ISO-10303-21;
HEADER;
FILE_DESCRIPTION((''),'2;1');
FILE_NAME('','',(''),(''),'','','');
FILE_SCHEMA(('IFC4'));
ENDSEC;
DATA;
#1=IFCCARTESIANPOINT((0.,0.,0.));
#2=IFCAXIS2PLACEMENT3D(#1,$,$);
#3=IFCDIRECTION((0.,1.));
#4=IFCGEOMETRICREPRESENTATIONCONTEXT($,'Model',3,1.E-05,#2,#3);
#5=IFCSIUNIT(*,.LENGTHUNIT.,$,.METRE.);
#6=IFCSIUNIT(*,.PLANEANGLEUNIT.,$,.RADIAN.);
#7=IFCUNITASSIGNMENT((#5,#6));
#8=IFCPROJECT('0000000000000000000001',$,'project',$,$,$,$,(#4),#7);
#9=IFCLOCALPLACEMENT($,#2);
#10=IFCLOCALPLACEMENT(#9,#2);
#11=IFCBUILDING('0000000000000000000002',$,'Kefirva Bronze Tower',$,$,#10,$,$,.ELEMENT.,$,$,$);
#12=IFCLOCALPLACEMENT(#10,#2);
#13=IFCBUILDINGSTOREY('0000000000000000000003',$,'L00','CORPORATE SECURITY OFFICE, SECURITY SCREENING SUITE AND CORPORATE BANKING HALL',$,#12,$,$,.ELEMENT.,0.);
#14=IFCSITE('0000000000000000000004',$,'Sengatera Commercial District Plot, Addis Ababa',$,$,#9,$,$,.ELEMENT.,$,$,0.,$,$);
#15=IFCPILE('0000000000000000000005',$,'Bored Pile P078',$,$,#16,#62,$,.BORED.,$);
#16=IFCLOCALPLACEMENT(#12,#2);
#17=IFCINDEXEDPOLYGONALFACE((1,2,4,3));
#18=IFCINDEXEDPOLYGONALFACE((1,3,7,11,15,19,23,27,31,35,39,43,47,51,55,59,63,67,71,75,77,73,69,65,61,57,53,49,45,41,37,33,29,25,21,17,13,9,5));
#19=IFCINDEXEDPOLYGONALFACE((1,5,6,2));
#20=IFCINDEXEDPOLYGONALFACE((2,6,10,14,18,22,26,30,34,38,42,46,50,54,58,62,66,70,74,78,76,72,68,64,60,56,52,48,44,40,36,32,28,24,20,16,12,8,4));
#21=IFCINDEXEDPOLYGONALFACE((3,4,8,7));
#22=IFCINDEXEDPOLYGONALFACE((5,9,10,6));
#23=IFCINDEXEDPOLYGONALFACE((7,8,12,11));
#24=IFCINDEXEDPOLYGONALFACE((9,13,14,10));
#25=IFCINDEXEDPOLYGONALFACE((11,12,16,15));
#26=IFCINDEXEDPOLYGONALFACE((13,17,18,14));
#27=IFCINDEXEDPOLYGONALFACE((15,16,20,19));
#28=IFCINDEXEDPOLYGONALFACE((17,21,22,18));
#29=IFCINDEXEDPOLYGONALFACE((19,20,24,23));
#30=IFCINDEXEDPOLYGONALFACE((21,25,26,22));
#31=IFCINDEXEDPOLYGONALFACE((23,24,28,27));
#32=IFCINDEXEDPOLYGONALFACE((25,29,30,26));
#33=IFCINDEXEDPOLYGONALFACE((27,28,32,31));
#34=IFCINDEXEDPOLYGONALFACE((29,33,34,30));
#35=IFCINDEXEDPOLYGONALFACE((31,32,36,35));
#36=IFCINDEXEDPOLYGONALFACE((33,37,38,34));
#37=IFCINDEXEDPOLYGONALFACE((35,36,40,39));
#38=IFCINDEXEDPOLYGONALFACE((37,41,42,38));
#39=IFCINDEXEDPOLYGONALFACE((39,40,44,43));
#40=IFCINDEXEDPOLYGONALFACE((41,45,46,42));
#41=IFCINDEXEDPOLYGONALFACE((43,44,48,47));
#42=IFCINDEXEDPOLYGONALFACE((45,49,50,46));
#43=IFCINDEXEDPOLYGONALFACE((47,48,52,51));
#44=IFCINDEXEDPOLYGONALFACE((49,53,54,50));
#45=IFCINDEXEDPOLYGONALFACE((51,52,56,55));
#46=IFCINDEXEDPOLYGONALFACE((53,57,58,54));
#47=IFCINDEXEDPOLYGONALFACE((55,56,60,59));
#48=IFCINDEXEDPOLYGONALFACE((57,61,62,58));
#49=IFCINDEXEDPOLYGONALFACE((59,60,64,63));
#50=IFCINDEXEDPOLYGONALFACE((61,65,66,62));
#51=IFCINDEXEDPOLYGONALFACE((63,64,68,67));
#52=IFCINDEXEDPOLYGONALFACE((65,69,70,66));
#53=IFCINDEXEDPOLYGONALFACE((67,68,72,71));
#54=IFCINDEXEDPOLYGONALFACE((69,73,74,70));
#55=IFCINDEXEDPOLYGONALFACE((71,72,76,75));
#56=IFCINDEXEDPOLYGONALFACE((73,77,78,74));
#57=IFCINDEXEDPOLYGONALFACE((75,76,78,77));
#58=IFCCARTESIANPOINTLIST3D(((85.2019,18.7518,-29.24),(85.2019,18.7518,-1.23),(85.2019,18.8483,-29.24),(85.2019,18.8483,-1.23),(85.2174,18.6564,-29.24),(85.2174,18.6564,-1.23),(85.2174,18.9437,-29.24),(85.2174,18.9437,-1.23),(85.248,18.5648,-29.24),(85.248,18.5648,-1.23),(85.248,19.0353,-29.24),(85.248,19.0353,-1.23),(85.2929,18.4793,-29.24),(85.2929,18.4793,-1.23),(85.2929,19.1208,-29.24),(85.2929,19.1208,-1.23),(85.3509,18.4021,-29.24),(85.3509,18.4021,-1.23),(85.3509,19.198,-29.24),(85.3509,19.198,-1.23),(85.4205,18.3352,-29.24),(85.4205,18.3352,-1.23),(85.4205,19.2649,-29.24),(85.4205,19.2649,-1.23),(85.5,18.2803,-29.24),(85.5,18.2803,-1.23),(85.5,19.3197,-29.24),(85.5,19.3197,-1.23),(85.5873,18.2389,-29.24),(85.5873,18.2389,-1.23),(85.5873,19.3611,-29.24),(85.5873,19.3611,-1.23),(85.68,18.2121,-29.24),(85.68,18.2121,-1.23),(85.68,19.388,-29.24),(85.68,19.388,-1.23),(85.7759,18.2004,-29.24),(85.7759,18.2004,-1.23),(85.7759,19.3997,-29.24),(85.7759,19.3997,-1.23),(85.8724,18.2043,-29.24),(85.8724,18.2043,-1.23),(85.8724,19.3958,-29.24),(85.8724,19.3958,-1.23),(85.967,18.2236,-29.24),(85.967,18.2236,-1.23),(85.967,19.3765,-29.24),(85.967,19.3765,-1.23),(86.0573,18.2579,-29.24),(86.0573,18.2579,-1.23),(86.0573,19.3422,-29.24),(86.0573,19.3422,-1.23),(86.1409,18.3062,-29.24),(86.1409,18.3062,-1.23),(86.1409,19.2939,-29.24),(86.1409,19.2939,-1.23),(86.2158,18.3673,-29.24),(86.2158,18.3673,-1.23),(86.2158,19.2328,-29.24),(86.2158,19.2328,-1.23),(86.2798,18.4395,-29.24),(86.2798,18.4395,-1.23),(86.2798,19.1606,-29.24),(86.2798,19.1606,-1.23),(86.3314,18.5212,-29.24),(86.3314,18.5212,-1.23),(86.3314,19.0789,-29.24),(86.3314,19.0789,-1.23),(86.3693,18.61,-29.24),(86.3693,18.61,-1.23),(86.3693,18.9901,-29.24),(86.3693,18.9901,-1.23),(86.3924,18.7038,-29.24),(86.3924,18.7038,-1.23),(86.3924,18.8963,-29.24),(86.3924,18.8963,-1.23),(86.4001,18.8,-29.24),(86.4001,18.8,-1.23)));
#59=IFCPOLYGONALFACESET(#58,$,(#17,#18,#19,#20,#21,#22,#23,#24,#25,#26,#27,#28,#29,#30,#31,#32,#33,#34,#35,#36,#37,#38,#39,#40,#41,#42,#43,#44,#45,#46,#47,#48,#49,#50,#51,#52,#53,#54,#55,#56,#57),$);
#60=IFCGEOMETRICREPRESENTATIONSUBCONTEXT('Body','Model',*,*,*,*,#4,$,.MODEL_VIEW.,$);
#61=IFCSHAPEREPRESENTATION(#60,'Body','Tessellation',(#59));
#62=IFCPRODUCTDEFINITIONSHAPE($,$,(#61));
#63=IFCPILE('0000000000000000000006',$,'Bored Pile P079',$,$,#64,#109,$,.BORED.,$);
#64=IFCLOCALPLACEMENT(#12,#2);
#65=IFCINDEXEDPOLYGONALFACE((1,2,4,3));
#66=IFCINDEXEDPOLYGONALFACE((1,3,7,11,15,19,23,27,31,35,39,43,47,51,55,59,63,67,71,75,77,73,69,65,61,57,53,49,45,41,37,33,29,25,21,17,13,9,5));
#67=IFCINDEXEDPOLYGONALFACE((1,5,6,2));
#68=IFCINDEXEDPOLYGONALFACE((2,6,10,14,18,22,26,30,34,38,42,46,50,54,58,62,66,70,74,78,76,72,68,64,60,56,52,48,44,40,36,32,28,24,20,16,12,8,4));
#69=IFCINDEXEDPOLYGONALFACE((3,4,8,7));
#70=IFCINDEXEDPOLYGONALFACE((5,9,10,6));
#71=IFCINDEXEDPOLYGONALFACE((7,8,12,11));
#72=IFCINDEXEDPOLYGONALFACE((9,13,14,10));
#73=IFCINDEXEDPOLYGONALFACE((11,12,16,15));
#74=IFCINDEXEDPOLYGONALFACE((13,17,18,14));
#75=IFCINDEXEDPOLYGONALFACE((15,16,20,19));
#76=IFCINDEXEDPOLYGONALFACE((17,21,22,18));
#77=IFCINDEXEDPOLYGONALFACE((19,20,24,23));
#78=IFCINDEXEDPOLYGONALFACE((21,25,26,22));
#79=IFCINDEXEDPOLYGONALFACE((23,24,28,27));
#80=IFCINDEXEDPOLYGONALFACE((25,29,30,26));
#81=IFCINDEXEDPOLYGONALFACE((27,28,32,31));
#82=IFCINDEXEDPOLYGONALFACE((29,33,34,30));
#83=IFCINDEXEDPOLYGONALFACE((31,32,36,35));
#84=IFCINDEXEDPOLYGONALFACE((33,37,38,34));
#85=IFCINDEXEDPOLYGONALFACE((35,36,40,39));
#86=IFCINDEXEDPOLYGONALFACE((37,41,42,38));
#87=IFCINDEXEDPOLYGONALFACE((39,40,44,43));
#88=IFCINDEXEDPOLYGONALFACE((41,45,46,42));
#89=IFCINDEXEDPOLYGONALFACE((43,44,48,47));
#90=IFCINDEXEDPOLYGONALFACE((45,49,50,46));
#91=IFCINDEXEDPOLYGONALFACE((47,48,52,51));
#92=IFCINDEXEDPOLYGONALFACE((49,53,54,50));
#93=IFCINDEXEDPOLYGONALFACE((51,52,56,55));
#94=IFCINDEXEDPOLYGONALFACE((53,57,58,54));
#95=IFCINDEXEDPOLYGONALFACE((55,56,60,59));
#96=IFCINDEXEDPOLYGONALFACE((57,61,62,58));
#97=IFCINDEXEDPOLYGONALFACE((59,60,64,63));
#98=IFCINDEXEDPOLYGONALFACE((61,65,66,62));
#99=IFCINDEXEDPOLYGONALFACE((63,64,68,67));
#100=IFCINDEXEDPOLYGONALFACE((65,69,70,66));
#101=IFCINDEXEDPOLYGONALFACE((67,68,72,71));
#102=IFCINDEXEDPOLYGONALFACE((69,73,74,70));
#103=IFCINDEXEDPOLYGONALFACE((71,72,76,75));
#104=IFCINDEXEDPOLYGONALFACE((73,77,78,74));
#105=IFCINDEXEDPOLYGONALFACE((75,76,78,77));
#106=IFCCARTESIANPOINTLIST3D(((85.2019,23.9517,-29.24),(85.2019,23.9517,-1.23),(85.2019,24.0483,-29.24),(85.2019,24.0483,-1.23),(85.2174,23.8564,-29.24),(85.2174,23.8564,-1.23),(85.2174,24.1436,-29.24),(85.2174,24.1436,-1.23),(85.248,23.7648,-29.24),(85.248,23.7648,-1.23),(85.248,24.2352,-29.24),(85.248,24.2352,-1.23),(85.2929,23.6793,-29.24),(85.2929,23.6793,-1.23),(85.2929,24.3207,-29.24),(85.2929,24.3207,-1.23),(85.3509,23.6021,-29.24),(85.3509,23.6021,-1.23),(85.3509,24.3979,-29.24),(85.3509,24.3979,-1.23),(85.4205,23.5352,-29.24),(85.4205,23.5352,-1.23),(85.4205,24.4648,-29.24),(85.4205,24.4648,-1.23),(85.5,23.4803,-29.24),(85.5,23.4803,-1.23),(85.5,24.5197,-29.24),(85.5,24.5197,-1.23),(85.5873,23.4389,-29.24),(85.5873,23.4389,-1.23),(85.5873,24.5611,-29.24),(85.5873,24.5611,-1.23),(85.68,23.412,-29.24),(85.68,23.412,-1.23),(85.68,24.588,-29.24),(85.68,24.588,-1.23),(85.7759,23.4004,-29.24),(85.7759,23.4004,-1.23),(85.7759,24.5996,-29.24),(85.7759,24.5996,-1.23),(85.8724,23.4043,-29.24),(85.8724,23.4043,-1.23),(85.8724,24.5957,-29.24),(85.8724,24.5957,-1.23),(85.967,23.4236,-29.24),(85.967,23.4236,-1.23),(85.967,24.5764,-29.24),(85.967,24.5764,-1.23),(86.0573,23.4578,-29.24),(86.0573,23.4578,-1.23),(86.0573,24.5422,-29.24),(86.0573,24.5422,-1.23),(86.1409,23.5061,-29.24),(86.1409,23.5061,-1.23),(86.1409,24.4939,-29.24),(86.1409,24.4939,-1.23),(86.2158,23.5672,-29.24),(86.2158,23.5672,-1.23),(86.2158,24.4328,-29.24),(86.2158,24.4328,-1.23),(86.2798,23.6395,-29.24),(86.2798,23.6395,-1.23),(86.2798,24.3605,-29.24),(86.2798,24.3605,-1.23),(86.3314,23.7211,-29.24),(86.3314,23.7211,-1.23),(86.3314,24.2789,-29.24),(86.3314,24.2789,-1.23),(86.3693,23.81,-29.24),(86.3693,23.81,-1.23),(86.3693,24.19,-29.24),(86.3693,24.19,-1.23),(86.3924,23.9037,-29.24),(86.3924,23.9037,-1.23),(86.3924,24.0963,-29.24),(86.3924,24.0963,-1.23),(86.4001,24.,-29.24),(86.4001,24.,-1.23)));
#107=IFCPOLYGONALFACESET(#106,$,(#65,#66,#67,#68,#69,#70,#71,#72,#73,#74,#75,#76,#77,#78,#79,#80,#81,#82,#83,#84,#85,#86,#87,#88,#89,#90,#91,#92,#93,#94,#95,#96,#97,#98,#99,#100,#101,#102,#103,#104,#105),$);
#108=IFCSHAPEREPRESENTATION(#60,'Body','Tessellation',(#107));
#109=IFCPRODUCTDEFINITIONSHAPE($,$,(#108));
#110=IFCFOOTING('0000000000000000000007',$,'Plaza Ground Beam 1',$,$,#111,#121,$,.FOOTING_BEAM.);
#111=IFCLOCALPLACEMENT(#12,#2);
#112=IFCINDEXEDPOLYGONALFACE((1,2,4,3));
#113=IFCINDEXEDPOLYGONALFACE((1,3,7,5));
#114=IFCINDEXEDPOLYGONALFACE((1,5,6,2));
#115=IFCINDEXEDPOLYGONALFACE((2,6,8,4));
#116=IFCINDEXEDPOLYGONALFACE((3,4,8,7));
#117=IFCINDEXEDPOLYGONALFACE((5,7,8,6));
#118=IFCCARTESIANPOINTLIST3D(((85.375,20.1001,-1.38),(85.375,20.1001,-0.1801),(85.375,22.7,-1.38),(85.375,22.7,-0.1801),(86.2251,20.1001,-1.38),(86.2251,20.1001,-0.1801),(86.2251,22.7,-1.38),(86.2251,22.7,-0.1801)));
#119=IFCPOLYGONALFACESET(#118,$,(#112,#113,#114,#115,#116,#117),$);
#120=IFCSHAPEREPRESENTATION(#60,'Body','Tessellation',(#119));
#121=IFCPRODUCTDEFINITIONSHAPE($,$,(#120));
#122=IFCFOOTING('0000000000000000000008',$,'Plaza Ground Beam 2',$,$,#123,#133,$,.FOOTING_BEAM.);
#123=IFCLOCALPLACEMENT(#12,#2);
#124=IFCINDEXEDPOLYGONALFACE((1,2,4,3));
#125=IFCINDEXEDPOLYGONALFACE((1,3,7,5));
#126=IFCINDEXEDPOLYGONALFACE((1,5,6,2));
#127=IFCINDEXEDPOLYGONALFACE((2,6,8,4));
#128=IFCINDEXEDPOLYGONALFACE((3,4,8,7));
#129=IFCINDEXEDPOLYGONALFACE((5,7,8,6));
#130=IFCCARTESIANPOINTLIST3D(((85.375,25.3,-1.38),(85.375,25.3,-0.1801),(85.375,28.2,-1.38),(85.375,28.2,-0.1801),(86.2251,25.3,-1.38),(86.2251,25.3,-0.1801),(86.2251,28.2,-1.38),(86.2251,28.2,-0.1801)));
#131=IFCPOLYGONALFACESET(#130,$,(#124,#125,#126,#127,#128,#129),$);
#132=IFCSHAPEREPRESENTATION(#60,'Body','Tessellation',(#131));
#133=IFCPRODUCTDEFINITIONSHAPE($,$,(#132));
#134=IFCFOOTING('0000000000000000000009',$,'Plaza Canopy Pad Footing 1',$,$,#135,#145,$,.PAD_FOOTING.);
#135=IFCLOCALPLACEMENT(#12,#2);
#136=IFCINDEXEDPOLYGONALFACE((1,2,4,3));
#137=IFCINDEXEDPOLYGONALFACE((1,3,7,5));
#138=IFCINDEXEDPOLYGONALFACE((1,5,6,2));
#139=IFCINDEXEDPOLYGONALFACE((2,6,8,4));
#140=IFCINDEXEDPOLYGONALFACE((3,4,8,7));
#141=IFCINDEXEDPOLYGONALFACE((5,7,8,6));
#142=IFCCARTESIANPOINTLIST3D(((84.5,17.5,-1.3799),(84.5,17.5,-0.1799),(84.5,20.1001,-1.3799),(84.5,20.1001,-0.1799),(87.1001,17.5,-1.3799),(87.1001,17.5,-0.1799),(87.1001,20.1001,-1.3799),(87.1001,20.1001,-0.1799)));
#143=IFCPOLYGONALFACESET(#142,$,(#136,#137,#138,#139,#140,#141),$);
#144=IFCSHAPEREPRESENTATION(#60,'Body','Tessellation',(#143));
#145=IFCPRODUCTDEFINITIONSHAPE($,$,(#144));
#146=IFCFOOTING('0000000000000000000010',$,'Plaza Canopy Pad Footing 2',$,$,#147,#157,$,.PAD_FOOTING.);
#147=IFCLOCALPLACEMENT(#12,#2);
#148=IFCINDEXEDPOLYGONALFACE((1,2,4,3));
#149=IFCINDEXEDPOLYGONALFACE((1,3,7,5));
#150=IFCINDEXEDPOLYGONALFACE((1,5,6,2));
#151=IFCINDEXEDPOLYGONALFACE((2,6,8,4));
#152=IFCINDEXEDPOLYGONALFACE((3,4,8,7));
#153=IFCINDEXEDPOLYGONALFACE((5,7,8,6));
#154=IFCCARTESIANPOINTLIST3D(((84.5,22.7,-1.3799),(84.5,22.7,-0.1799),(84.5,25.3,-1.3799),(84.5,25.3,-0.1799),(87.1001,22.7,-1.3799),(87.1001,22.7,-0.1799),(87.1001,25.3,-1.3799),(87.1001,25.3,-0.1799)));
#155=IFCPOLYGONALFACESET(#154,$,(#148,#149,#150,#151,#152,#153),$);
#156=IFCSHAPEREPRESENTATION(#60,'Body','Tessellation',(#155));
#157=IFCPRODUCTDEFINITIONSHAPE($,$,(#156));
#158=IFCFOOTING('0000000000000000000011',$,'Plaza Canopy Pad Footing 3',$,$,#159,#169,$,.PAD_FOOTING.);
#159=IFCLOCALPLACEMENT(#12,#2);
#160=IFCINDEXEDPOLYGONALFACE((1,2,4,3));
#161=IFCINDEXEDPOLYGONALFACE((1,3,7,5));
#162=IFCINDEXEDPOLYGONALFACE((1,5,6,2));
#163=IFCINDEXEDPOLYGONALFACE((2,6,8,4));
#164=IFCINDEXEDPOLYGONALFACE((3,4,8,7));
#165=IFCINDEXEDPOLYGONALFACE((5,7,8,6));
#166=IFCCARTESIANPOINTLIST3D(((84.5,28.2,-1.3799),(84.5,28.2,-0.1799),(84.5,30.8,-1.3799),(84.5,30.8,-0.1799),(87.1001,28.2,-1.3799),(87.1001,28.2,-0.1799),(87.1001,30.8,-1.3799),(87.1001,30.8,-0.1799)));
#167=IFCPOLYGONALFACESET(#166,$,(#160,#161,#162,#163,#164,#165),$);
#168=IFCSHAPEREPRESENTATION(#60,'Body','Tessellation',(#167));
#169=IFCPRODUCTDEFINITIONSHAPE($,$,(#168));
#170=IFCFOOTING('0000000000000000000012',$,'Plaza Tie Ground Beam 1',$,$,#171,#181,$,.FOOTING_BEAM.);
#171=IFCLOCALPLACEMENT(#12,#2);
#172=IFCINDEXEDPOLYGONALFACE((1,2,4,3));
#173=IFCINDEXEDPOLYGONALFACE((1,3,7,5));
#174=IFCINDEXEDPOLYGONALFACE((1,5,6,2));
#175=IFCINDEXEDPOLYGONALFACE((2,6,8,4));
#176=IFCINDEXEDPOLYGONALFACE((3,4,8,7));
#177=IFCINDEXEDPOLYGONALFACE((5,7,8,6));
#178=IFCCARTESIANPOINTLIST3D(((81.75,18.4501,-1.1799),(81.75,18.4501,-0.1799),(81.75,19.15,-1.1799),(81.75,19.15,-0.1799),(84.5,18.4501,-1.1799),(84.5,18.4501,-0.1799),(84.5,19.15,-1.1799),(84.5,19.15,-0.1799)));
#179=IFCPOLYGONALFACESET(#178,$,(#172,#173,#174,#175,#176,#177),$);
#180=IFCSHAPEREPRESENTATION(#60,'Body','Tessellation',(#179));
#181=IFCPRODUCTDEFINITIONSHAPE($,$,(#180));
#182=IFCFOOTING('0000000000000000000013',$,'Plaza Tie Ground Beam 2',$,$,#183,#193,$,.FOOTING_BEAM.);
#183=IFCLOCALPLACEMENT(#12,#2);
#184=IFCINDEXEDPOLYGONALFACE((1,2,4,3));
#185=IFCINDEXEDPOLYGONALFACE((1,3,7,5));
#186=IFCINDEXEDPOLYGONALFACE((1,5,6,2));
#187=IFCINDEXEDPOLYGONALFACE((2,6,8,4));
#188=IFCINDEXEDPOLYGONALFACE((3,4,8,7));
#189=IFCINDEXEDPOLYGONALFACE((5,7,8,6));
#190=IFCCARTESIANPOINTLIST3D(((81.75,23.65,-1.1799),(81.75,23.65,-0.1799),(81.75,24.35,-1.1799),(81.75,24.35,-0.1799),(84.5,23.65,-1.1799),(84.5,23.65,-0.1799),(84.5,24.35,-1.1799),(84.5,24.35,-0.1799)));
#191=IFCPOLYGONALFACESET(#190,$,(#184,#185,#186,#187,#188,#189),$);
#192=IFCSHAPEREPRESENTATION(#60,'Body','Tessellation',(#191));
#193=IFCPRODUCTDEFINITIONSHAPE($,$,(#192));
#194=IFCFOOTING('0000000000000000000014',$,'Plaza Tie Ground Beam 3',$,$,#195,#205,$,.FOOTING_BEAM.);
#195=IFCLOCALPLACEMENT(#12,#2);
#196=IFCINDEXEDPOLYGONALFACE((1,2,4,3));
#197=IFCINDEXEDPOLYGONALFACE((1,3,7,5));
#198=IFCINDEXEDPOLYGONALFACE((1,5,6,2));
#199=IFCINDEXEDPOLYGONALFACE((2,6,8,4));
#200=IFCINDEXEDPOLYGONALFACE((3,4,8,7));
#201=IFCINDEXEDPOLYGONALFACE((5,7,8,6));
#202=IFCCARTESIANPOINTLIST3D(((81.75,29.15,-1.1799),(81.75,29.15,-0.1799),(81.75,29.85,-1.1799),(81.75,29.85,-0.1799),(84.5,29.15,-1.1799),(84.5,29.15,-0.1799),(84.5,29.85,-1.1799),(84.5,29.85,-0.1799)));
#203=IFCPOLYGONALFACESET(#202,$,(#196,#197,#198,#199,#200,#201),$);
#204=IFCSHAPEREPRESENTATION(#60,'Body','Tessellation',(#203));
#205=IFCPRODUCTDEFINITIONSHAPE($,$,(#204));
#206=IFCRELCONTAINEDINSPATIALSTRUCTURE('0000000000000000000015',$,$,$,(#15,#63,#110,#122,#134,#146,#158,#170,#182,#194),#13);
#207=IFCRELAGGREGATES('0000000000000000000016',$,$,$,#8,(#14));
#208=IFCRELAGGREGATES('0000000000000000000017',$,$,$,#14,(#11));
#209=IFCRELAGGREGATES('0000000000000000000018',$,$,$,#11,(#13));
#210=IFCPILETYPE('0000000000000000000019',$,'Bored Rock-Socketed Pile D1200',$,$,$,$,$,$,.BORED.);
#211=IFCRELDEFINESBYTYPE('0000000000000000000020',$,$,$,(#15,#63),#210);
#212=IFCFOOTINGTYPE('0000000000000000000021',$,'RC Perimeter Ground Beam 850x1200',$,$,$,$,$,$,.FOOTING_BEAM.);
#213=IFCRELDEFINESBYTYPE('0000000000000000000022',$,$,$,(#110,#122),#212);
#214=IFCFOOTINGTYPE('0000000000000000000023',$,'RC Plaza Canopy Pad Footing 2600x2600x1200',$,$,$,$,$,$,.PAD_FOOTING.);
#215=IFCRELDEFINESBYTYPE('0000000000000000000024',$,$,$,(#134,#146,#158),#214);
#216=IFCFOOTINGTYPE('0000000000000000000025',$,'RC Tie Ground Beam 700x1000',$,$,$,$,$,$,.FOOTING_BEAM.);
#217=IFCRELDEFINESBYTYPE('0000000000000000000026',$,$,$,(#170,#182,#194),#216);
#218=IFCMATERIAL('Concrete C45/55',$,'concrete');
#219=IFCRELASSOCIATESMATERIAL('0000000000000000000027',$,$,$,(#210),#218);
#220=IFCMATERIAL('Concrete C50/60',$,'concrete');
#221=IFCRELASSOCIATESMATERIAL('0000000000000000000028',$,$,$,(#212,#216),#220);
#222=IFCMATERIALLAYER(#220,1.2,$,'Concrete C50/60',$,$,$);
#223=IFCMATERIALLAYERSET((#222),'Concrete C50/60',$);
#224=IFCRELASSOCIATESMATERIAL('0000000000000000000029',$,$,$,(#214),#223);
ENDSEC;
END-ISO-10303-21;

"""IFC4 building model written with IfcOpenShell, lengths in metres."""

from ifc_helpers import new_model, si_unit, direction, frame, origin, origin_2d, place, context, subcontext, project, spatial, rectangle, circle, extrude, material, layer, layer_set, material_profile, profile_set, type_object, element, save


model = new_model("IFC4")

# Units and contexts
model_context = context("Model", 3, precision=1e-05, world=origin(), true_north=direction((0.0, 1.0)))
body_context = subcontext(model_context, "Body", "Model", "MODEL_VIEW")
ifc_project = project(units=[si_unit("LENGTHUNIT", "METRE"), si_unit("PLANEANGLEUNIT", "RADIAN")], contexts=[model_context])

# Site, building, storey
site_placement = place(None, origin())
site = spatial("IfcSite", under=ifc_project, at=site_placement, Name="Sengatera Commercial District Plot, Addis Ababa", CompositionType="ELEMENT", RefElevation=0.0)
building_placement = place(site_placement, origin())
building = spatial("IfcBuilding", under=site, at=building_placement, Name="Kefirva Bronze Tower", CompositionType="ELEMENT")
storey_placement = place(building_placement, origin())
storey = spatial("IfcBuildingStorey", under=building, at=storey_placement, Name="L00", Description="CORPORATE SECURITY OFFICE, SECURITY SCREENING SUITE AND CORPORATE BANKING HALL", CompositionType="ELEMENT", Elevation=0.0)

# Piles
ifc_material_1 = material(Name="Concrete C45/55", Category="concrete")
ifc_material_profile_1 = material_profile(ifc_material_1, circle(Radius=0.6001, at=origin_2d()), Name="BORED PILE D1200")
ifc_profile_set_1 = profile_set([ifc_material_profile_1], Name="Concrete C45/55")
pile_type = type_object("IfcPileType", Name="Bored Rock-Socketed Pile D1200", PredefinedType="BORED", material=ifc_profile_set_1)
for number, where, z_axis, x_axis, name in (
    (1, (85.8, 18.8, -1.23), (0.0, 0.0, -1.0), (1.0, 0.0, 0.0), "Bored Pile P078"),
    (2, (85.8, 24.0, -1.23), (0.0, 0.0, -1.0), (1.0, 0.0, 0.0), "Bored Pile P079"),
):
    element("IfcPile", number, at=place(storey_placement, frame(where, z_axis=z_axis, x_axis=x_axis)), inside=storey, type_object=pile_type, Name=name, PredefinedType="BORED", context=body_context, shape_type="SweptSolid", body=[
        extrude(circle(Radius=0.6001, at=origin_2d()), origin(), (0.0, 0.0, 1.0), 28.01),
    ])

# Footings
ifc_material_2 = material(Name="Concrete C50/60", Category="concrete")
ifc_material_profile_2 = material_profile(ifc_material_2, rectangle(XDim=0.8501, YDim=1.2, at=origin_2d()), Name="RC 850x1200")
ifc_profile_set_2 = profile_set([ifc_material_profile_2], Name="Concrete C50/60")
footing_type_1 = type_object("IfcFootingType", Name="RC Perimeter Ground Beam 850x1200", PredefinedType="FOOTING_BEAM", material=ifc_profile_set_2)
footing_1_placement = place(storey_placement, frame((85.8, 20.1001, -0.78), z_axis=(0.0, 1.0, 0.0), x_axis=(-1.0, 0.0, 0.0)))
element("IfcFooting", 3, at=footing_1_placement, inside=storey, type_object=footing_type_1, Name="Plaza Ground Beam 1", PredefinedType="FOOTING_BEAM", context=body_context, shape_type="SweptSolid", body=[
    extrude(rectangle(XDim=0.8501, YDim=1.2, at=origin_2d()), origin(), (0.0, 0.0, 1.0), 2.5999),
])
footing_2_placement = place(storey_placement, frame((85.8, 25.3, -0.78), z_axis=(0.0, 1.0, 0.0), x_axis=(-1.0, 0.0, 0.0)))
element("IfcFooting", 4, at=footing_2_placement, inside=storey, type_object=footing_type_1, Name="Plaza Ground Beam 2", PredefinedType="FOOTING_BEAM", context=body_context, shape_type="SweptSolid", body=[
    extrude(rectangle(XDim=0.8501, YDim=1.2, at=origin_2d()), origin(), (0.0, 0.0, 1.0), 2.8999),
])
ifc_layer_1 = layer(ifc_material_2, 1.2, Name="Concrete C50/60")
ifc_layer_set_1 = layer_set([ifc_layer_1], Name="Concrete C50/60")
footing_type_2 = type_object("IfcFootingType", Name="RC Plaza Canopy Pad Footing 2600x2600x1200", PredefinedType="PAD_FOOTING", material=ifc_layer_set_1)
for number, where, z_axis, x_axis, name in (
    (5, (85.8, 18.8, -1.3799), (0.0, 0.0, 1.0), (1.0, 0.0, 0.0), "Plaza Canopy Pad Footing 1"),
    (6, (85.8, 24.0, -1.3799), (0.0, 0.0, 1.0), (1.0, 0.0, 0.0), "Plaza Canopy Pad Footing 2"),
    (7, (85.8, 29.5, -1.3799), (0.0, 0.0, 1.0), (1.0, 0.0, 0.0), "Plaza Canopy Pad Footing 3"),
):
    element("IfcFooting", number, at=place(storey_placement, frame(where, z_axis=z_axis, x_axis=x_axis)), inside=storey, type_object=footing_type_2, Name=name, PredefinedType="PAD_FOOTING", context=body_context, shape_type="SweptSolid", body=[
        extrude(rectangle(XDim=2.6001, YDim=2.6001, at=origin_2d()), origin(), (0.0, 0.0, 1.0), 1.2),
    ])
ifc_material_profile_3 = material_profile(ifc_material_2, rectangle(XDim=0.7, YDim=1.0, at=origin_2d()), Name="RC 700x1000")
ifc_profile_set_3 = profile_set([ifc_material_profile_3], Name="Concrete C50/60")
footing_type_3 = type_object("IfcFootingType", Name="RC Tie Ground Beam 700x1000", PredefinedType="FOOTING_BEAM", material=ifc_profile_set_3)
for number, where, z_axis, x_axis, name in (
    (8, (81.75, 18.8, -0.6799), (1.0, 0.0, 0.0), (0.0, 1.0, 0.0), "Plaza Tie Ground Beam 1"),
    (9, (81.75, 24.0, -0.6799), (1.0, 0.0, 0.0), (0.0, 1.0, 0.0), "Plaza Tie Ground Beam 2"),
    (10, (81.75, 29.5, -0.6799), (1.0, 0.0, 0.0), (0.0, 1.0, 0.0), "Plaza Tie Ground Beam 3"),
):
    element("IfcFooting", number, at=place(storey_placement, frame(where, z_axis=z_axis, x_axis=x_axis)), inside=storey, type_object=footing_type_3, Name=name, PredefinedType="FOOTING_BEAM", context=body_context, shape_type="SweptSolid", body=[
        extrude(rectangle(XDim=0.7, YDim=1.0, at=origin_2d()), origin(), (0.0, 0.0, 1.0), 2.75),
    ])

save(model, "model.ifc")
